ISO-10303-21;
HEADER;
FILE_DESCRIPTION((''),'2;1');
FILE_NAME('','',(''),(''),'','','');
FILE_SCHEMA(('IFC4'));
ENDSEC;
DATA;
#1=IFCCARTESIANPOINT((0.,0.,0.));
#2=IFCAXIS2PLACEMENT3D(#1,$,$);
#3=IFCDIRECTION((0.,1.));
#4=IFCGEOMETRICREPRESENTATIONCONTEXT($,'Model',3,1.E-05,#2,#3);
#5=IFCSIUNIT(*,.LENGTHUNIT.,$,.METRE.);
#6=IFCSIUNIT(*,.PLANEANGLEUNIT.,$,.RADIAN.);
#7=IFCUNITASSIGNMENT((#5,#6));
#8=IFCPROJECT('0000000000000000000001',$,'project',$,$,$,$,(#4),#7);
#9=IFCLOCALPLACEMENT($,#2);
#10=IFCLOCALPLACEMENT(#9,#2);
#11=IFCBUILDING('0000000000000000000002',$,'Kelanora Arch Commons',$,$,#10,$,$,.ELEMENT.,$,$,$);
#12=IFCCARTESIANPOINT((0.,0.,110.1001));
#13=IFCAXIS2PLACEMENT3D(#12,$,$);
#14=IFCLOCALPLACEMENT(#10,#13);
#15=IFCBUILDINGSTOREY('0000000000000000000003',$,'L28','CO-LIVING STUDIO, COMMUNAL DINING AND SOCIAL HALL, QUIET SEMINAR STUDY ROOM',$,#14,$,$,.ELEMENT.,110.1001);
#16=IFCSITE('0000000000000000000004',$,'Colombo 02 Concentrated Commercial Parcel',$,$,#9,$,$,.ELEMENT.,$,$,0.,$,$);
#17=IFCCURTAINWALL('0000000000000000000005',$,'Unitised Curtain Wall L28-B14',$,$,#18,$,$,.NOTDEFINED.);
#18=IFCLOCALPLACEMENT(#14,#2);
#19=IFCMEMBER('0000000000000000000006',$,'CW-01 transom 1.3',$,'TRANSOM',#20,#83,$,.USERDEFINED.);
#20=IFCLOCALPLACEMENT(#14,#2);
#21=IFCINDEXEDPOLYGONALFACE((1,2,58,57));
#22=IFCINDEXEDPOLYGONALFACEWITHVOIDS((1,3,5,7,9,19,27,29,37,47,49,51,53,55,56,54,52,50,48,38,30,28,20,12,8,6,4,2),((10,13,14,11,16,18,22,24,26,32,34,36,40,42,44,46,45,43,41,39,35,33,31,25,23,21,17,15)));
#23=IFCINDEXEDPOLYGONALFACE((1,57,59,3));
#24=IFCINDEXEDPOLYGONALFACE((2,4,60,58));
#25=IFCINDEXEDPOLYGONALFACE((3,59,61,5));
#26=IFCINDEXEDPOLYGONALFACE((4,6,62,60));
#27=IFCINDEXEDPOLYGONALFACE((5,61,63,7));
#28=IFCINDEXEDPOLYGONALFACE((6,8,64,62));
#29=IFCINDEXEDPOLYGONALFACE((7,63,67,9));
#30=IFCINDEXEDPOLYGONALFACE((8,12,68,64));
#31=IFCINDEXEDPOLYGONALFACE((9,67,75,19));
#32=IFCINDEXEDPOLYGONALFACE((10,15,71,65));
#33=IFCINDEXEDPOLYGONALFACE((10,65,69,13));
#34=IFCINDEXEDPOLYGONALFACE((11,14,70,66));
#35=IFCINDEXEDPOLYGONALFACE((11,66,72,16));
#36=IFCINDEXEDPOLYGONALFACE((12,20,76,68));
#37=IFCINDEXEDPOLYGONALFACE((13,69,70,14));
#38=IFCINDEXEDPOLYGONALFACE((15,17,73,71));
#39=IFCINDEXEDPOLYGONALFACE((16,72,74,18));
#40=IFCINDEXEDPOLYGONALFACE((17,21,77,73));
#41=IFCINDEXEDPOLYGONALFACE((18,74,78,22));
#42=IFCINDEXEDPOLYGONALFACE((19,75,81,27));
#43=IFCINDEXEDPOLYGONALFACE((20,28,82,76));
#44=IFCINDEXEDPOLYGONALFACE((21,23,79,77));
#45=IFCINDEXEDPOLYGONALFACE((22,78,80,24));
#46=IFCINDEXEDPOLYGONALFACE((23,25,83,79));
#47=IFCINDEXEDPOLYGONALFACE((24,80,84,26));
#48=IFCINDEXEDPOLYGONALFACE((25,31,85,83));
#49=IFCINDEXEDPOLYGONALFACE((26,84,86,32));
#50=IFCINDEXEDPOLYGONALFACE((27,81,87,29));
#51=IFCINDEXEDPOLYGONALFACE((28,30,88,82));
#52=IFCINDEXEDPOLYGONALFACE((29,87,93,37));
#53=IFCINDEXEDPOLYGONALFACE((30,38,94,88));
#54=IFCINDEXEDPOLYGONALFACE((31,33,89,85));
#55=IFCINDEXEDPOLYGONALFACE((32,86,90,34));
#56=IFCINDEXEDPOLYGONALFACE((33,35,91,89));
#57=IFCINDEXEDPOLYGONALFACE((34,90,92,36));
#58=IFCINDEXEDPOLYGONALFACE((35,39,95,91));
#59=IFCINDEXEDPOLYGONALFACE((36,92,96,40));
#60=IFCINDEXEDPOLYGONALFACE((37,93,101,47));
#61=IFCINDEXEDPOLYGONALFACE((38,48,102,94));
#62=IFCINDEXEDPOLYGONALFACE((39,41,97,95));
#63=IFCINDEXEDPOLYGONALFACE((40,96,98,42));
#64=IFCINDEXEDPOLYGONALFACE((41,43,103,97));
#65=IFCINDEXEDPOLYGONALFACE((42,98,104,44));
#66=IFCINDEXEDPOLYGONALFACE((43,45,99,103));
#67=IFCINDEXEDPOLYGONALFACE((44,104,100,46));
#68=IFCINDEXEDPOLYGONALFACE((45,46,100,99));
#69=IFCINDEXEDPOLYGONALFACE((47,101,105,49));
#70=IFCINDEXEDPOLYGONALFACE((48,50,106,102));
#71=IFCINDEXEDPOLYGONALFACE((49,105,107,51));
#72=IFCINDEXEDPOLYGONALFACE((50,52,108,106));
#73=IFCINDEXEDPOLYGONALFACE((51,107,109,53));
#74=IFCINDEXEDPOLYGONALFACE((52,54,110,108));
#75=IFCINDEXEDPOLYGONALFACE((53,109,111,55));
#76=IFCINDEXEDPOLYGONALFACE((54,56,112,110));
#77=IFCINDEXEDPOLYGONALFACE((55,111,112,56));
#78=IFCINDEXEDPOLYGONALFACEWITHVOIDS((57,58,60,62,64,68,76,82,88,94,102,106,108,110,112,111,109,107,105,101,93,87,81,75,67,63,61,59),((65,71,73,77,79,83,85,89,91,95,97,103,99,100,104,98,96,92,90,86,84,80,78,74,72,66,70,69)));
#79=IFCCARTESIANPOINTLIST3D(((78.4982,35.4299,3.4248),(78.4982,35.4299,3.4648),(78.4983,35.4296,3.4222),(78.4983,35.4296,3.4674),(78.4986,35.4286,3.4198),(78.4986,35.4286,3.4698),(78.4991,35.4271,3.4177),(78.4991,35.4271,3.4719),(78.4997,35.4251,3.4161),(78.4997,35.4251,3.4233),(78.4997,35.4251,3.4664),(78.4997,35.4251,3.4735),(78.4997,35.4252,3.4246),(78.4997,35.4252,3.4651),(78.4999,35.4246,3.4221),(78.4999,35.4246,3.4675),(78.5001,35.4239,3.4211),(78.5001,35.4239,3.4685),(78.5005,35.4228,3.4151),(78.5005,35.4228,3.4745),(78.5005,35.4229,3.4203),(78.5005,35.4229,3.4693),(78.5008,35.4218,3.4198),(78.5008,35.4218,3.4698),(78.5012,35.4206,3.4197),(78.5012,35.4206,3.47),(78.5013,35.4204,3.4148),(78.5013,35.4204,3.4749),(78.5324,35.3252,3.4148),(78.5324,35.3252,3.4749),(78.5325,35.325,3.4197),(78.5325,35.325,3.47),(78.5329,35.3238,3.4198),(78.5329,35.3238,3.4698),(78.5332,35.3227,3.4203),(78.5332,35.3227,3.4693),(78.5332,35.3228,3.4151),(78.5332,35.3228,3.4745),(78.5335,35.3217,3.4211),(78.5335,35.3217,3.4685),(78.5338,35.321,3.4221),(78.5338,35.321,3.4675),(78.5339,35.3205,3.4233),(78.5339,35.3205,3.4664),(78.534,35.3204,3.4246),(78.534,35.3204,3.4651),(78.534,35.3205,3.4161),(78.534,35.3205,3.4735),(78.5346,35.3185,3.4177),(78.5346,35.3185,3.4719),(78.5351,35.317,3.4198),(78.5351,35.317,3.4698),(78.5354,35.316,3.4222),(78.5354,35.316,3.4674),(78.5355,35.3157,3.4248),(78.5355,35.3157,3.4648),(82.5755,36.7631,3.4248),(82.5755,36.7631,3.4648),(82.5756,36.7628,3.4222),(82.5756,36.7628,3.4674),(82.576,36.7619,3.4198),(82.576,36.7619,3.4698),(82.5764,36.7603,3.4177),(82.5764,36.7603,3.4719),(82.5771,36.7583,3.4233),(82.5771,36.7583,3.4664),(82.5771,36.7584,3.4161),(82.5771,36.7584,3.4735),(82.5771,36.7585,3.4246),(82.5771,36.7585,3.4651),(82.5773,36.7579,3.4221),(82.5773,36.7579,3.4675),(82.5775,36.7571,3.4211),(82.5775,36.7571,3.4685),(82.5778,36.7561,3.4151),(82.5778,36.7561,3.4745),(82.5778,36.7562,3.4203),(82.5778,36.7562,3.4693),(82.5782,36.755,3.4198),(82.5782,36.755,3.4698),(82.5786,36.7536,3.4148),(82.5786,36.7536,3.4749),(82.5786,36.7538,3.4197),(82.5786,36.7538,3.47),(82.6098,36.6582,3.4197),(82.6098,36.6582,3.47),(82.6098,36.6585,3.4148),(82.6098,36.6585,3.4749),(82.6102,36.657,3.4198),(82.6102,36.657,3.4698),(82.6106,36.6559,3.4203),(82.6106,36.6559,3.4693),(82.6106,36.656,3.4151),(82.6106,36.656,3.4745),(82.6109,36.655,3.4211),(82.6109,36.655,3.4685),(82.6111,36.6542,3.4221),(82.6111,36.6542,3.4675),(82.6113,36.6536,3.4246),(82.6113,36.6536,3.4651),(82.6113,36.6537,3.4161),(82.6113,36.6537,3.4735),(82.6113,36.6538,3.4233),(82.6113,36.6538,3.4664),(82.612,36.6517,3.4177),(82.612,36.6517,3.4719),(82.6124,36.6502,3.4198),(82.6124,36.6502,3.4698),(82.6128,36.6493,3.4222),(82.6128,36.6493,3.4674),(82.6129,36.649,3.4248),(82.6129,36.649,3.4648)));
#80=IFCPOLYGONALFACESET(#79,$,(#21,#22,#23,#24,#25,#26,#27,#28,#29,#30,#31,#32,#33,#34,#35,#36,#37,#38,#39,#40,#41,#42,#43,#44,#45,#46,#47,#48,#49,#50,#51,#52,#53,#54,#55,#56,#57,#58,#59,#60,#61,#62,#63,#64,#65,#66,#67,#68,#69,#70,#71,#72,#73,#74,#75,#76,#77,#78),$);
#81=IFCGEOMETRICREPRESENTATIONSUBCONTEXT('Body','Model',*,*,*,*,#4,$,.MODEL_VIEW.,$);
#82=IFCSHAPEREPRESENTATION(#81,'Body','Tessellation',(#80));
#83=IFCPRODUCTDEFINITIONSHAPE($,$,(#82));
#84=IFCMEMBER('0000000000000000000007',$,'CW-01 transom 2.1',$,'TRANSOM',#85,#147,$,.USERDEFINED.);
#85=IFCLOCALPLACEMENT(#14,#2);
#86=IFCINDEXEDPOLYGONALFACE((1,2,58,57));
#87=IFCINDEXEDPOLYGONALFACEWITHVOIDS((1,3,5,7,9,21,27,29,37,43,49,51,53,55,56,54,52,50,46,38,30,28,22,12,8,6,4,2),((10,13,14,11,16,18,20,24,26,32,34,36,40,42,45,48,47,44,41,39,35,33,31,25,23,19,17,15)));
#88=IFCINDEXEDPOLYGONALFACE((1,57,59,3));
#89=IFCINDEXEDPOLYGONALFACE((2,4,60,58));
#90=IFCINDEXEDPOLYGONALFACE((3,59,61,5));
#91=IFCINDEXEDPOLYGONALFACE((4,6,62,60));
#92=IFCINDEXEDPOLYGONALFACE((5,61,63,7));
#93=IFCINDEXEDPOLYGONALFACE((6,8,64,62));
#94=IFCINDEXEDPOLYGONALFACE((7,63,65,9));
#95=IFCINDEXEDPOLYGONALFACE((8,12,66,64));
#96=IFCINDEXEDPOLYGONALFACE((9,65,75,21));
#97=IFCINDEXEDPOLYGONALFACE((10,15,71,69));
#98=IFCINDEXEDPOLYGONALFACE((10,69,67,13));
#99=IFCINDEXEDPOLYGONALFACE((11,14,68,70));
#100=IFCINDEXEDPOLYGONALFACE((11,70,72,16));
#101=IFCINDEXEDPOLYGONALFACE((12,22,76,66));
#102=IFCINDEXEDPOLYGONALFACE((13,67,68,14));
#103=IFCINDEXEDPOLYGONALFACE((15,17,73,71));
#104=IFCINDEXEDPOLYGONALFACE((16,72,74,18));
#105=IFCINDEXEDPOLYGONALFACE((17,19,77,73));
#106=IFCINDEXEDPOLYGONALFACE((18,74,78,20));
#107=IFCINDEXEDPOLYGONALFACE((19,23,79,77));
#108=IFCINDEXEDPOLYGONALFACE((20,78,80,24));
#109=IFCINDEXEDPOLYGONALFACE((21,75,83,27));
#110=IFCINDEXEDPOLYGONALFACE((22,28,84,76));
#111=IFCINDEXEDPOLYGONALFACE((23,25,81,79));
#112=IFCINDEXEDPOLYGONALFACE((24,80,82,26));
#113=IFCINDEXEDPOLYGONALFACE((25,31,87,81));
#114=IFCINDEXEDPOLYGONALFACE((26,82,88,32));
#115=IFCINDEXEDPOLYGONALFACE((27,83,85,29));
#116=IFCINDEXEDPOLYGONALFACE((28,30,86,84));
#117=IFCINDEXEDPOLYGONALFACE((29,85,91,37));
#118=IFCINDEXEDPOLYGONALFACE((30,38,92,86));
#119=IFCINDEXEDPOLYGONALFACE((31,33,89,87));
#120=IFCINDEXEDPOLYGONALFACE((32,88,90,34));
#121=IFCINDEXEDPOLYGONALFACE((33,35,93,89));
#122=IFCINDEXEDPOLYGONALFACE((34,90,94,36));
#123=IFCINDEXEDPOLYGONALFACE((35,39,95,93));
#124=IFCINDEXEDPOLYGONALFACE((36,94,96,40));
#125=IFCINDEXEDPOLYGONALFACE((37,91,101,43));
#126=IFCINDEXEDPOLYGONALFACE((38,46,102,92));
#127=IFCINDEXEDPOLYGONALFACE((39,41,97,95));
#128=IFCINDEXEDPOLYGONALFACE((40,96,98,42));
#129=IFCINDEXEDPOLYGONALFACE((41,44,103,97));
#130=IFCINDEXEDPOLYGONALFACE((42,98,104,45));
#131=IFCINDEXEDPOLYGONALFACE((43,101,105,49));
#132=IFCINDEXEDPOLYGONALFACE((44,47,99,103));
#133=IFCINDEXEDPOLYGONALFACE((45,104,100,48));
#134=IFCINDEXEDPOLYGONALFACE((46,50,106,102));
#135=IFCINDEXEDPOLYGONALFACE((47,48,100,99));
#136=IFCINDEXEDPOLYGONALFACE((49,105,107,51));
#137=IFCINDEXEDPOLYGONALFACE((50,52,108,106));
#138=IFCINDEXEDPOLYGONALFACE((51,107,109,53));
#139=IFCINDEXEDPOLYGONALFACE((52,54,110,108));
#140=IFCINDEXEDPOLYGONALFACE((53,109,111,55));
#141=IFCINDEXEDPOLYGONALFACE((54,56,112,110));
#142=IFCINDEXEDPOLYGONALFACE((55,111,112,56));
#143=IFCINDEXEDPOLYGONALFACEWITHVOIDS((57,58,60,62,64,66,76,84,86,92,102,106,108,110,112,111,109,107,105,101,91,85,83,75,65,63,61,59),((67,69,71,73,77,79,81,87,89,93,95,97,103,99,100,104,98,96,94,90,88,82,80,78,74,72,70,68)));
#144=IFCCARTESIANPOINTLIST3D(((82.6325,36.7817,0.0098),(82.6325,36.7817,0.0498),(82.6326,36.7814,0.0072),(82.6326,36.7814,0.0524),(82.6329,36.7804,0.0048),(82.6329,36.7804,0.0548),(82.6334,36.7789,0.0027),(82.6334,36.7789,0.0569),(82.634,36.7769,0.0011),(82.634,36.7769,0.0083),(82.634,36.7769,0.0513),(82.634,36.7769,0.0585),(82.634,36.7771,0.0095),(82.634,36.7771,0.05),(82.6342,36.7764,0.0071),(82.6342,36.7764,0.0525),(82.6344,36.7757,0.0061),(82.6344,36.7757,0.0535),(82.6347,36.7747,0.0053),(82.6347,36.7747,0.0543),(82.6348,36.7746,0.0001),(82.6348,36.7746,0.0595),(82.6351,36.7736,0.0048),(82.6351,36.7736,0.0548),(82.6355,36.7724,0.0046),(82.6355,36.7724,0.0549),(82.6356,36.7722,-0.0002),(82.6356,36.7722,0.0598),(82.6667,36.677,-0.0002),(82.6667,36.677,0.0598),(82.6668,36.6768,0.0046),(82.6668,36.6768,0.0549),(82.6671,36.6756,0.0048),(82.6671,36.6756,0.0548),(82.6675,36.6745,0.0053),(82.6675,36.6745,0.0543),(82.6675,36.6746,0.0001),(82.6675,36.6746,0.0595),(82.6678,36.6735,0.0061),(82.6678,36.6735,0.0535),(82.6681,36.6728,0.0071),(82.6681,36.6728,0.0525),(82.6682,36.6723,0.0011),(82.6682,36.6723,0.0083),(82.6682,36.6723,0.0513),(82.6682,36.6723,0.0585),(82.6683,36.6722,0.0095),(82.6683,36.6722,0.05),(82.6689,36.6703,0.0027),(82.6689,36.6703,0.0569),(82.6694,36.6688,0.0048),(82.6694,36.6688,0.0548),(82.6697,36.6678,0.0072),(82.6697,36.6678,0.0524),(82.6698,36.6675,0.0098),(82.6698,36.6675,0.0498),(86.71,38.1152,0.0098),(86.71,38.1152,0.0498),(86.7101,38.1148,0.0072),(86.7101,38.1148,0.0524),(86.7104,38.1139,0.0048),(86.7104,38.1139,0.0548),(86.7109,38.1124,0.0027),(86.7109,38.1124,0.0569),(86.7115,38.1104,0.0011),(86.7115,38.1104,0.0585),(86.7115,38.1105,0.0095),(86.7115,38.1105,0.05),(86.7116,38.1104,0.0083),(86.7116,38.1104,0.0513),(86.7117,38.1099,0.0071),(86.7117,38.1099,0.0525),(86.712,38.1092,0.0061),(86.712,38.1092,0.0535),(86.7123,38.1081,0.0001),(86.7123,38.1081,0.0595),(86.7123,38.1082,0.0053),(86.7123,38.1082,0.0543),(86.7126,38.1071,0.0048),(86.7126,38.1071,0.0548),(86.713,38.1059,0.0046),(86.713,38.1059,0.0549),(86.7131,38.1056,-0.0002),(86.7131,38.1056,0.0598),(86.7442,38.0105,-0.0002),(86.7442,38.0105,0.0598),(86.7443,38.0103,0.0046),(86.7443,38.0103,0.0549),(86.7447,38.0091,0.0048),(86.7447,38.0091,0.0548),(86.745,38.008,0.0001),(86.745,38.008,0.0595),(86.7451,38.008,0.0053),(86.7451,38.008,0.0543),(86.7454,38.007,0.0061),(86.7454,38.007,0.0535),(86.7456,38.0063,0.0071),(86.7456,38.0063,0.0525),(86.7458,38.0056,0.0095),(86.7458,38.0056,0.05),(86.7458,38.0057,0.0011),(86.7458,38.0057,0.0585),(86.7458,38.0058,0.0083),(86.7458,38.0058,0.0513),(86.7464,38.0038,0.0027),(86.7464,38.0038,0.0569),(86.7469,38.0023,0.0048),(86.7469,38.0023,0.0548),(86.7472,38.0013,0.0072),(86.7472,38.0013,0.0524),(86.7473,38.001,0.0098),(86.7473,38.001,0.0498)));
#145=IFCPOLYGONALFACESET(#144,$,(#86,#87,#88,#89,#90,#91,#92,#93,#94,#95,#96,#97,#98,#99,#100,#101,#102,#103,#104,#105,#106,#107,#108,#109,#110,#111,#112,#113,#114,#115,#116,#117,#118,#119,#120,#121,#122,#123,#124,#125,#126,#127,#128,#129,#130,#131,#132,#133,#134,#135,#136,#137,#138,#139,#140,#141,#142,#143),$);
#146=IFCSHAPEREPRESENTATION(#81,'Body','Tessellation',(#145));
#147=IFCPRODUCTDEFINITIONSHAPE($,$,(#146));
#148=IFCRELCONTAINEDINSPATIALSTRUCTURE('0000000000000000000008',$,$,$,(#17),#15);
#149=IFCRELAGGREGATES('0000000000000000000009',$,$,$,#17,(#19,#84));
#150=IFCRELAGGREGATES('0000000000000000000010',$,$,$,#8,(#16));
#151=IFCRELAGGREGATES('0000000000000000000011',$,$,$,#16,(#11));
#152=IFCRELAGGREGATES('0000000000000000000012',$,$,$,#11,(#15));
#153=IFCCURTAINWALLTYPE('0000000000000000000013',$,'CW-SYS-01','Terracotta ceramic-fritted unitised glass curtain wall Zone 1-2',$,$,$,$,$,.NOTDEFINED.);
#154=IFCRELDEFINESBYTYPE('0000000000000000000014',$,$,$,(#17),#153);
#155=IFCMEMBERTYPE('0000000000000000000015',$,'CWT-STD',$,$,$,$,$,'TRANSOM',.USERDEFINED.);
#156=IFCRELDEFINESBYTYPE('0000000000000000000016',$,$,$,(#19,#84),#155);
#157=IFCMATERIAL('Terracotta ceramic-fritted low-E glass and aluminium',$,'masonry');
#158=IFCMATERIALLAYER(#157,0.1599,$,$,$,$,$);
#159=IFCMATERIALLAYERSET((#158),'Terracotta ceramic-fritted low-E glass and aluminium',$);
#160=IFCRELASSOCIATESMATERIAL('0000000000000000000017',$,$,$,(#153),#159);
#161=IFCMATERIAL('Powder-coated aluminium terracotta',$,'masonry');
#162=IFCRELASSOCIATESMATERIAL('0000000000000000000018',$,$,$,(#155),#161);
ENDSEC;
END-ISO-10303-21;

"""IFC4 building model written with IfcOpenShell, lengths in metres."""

from ifc_helpers import new_model, si_unit, direction, frame, origin, origin_2d, place, context, subcontext, project, spatial, hollow_rectangle, extrude, material, layer, layer_set, material_profile, profile_set, type_object, element, aggregate, save


model = new_model("IFC4")

# Units and contexts
model_context = context("Model", 3, precision=1e-05, world=origin(), true_north=direction((0.0, 1.0)))
body_context = subcontext(model_context, "Body", "Model", "MODEL_VIEW")
ifc_project = project(units=[si_unit("LENGTHUNIT", "METRE"), si_unit("PLANEANGLEUNIT", "RADIAN")], contexts=[model_context])

# Site, building, storey
site_placement = place(None, origin())
site = spatial("IfcSite", under=ifc_project, at=site_placement, Name="Colombo 02 Concentrated Commercial Parcel", CompositionType="ELEMENT", RefElevation=0.0)
building_placement = place(site_placement, origin())
building = spatial("IfcBuilding", under=site, at=building_placement, Name="Kelanora Arch Commons", CompositionType="ELEMENT")
storey_placement = place(building_placement, frame((0.0, 0.0, 110.1001)))
storey = spatial("IfcBuildingStorey", under=building, at=storey_placement, Name="L28", Description="CO-LIVING STUDIO, COMMUNAL DINING AND SOCIAL HALL, QUIET SEMINAR STUDY ROOM", CompositionType="ELEMENT", Elevation=110.1001)

# Curtain wall, members
ifc_material_1 = material(Name="Terracotta ceramic-fritted low-E glass and aluminium", Category="masonry")
ifc_layer_1 = layer(ifc_material_1, 0.1599)
ifc_layer_set_1 = layer_set([ifc_layer_1], Name="Terracotta ceramic-fritted low-E glass and aluminium")
curtain_wall_type = type_object("IfcCurtainWallType", Name="CW-SYS-01", Description="Terracotta ceramic-fritted unitised glass curtain wall Zone 1-2", PredefinedType="NOTDEFINED", material=ifc_layer_set_1)
curtain_wall_placement = place(storey_placement, origin())
curtain_wall = element("IfcCurtainWall", 1, at=curtain_wall_placement, inside=storey, type_object=curtain_wall_type, Name="Unitised Curtain Wall L28-B14", PredefinedType="NOTDEFINED")
ifc_material_2 = material(Name="Powder-coated aluminium terracotta", Category="masonry")
ifc_material_profile_1 = material_profile(ifc_material_2, hollow_rectangle(XDim=0.1201, YDim=0.0601, WallThickness=0.0049, InnerFilletRadius=0.0049, OuterFilletRadius=0.01, at=origin_2d()), Name="CWT120x60")
ifc_profile_set_1 = profile_set([ifc_material_profile_1], Name="Powder-coated aluminium terracotta")
member_type_1 = type_object("IfcMemberType", Name="CWT-STD", ElementType="TRANSOM", PredefinedType="USERDEFINED", material=ifc_profile_set_1)
member_1_placement = place(storey_placement, frame((78.5168, 35.3728, 3.4448), z_axis=(0.950478, 0.310793, 0.0), x_axis=(-0.310793, 0.950478, 0.0)))
member_1 = element("IfcMember", 2, at=member_1_placement, type_object=member_type_1, Name="CW-01 transom 1.3", ObjectType="TRANSOM", PredefinedType="USERDEFINED", context=body_context, shape_type="SweptSolid", body=[
    extrude(hollow_rectangle(XDim=0.1201, YDim=0.0601, WallThickness=0.0049, InnerFilletRadius=0.0049, OuterFilletRadius=0.01, at=origin_2d()), origin(), (0.0, 0.0, 1.0), 4.2898),
])
member_2_placement = place(storey_placement, frame((82.6511, 36.7246, 0.0298), z_axis=(0.950466, 0.310828, 0.0), x_axis=(-0.310828, 0.950466, 0.0)))
member_2 = element("IfcMember", 3, at=member_2_placement, type_object=member_type_1, Name="CW-01 transom 2.1", ObjectType="TRANSOM", PredefinedType="USERDEFINED", context=body_context, shape_type="SweptSolid", body=[
    extrude(hollow_rectangle(XDim=0.1201, YDim=0.0601, WallThickness=0.0049, InnerFilletRadius=0.0049, OuterFilletRadius=0.01, at=origin_2d()), origin(), (0.0, 0.0, 1.0), 4.29),
])
aggregate(curtain_wall, [member_1, member_2])

save(model, "model.ifc")
